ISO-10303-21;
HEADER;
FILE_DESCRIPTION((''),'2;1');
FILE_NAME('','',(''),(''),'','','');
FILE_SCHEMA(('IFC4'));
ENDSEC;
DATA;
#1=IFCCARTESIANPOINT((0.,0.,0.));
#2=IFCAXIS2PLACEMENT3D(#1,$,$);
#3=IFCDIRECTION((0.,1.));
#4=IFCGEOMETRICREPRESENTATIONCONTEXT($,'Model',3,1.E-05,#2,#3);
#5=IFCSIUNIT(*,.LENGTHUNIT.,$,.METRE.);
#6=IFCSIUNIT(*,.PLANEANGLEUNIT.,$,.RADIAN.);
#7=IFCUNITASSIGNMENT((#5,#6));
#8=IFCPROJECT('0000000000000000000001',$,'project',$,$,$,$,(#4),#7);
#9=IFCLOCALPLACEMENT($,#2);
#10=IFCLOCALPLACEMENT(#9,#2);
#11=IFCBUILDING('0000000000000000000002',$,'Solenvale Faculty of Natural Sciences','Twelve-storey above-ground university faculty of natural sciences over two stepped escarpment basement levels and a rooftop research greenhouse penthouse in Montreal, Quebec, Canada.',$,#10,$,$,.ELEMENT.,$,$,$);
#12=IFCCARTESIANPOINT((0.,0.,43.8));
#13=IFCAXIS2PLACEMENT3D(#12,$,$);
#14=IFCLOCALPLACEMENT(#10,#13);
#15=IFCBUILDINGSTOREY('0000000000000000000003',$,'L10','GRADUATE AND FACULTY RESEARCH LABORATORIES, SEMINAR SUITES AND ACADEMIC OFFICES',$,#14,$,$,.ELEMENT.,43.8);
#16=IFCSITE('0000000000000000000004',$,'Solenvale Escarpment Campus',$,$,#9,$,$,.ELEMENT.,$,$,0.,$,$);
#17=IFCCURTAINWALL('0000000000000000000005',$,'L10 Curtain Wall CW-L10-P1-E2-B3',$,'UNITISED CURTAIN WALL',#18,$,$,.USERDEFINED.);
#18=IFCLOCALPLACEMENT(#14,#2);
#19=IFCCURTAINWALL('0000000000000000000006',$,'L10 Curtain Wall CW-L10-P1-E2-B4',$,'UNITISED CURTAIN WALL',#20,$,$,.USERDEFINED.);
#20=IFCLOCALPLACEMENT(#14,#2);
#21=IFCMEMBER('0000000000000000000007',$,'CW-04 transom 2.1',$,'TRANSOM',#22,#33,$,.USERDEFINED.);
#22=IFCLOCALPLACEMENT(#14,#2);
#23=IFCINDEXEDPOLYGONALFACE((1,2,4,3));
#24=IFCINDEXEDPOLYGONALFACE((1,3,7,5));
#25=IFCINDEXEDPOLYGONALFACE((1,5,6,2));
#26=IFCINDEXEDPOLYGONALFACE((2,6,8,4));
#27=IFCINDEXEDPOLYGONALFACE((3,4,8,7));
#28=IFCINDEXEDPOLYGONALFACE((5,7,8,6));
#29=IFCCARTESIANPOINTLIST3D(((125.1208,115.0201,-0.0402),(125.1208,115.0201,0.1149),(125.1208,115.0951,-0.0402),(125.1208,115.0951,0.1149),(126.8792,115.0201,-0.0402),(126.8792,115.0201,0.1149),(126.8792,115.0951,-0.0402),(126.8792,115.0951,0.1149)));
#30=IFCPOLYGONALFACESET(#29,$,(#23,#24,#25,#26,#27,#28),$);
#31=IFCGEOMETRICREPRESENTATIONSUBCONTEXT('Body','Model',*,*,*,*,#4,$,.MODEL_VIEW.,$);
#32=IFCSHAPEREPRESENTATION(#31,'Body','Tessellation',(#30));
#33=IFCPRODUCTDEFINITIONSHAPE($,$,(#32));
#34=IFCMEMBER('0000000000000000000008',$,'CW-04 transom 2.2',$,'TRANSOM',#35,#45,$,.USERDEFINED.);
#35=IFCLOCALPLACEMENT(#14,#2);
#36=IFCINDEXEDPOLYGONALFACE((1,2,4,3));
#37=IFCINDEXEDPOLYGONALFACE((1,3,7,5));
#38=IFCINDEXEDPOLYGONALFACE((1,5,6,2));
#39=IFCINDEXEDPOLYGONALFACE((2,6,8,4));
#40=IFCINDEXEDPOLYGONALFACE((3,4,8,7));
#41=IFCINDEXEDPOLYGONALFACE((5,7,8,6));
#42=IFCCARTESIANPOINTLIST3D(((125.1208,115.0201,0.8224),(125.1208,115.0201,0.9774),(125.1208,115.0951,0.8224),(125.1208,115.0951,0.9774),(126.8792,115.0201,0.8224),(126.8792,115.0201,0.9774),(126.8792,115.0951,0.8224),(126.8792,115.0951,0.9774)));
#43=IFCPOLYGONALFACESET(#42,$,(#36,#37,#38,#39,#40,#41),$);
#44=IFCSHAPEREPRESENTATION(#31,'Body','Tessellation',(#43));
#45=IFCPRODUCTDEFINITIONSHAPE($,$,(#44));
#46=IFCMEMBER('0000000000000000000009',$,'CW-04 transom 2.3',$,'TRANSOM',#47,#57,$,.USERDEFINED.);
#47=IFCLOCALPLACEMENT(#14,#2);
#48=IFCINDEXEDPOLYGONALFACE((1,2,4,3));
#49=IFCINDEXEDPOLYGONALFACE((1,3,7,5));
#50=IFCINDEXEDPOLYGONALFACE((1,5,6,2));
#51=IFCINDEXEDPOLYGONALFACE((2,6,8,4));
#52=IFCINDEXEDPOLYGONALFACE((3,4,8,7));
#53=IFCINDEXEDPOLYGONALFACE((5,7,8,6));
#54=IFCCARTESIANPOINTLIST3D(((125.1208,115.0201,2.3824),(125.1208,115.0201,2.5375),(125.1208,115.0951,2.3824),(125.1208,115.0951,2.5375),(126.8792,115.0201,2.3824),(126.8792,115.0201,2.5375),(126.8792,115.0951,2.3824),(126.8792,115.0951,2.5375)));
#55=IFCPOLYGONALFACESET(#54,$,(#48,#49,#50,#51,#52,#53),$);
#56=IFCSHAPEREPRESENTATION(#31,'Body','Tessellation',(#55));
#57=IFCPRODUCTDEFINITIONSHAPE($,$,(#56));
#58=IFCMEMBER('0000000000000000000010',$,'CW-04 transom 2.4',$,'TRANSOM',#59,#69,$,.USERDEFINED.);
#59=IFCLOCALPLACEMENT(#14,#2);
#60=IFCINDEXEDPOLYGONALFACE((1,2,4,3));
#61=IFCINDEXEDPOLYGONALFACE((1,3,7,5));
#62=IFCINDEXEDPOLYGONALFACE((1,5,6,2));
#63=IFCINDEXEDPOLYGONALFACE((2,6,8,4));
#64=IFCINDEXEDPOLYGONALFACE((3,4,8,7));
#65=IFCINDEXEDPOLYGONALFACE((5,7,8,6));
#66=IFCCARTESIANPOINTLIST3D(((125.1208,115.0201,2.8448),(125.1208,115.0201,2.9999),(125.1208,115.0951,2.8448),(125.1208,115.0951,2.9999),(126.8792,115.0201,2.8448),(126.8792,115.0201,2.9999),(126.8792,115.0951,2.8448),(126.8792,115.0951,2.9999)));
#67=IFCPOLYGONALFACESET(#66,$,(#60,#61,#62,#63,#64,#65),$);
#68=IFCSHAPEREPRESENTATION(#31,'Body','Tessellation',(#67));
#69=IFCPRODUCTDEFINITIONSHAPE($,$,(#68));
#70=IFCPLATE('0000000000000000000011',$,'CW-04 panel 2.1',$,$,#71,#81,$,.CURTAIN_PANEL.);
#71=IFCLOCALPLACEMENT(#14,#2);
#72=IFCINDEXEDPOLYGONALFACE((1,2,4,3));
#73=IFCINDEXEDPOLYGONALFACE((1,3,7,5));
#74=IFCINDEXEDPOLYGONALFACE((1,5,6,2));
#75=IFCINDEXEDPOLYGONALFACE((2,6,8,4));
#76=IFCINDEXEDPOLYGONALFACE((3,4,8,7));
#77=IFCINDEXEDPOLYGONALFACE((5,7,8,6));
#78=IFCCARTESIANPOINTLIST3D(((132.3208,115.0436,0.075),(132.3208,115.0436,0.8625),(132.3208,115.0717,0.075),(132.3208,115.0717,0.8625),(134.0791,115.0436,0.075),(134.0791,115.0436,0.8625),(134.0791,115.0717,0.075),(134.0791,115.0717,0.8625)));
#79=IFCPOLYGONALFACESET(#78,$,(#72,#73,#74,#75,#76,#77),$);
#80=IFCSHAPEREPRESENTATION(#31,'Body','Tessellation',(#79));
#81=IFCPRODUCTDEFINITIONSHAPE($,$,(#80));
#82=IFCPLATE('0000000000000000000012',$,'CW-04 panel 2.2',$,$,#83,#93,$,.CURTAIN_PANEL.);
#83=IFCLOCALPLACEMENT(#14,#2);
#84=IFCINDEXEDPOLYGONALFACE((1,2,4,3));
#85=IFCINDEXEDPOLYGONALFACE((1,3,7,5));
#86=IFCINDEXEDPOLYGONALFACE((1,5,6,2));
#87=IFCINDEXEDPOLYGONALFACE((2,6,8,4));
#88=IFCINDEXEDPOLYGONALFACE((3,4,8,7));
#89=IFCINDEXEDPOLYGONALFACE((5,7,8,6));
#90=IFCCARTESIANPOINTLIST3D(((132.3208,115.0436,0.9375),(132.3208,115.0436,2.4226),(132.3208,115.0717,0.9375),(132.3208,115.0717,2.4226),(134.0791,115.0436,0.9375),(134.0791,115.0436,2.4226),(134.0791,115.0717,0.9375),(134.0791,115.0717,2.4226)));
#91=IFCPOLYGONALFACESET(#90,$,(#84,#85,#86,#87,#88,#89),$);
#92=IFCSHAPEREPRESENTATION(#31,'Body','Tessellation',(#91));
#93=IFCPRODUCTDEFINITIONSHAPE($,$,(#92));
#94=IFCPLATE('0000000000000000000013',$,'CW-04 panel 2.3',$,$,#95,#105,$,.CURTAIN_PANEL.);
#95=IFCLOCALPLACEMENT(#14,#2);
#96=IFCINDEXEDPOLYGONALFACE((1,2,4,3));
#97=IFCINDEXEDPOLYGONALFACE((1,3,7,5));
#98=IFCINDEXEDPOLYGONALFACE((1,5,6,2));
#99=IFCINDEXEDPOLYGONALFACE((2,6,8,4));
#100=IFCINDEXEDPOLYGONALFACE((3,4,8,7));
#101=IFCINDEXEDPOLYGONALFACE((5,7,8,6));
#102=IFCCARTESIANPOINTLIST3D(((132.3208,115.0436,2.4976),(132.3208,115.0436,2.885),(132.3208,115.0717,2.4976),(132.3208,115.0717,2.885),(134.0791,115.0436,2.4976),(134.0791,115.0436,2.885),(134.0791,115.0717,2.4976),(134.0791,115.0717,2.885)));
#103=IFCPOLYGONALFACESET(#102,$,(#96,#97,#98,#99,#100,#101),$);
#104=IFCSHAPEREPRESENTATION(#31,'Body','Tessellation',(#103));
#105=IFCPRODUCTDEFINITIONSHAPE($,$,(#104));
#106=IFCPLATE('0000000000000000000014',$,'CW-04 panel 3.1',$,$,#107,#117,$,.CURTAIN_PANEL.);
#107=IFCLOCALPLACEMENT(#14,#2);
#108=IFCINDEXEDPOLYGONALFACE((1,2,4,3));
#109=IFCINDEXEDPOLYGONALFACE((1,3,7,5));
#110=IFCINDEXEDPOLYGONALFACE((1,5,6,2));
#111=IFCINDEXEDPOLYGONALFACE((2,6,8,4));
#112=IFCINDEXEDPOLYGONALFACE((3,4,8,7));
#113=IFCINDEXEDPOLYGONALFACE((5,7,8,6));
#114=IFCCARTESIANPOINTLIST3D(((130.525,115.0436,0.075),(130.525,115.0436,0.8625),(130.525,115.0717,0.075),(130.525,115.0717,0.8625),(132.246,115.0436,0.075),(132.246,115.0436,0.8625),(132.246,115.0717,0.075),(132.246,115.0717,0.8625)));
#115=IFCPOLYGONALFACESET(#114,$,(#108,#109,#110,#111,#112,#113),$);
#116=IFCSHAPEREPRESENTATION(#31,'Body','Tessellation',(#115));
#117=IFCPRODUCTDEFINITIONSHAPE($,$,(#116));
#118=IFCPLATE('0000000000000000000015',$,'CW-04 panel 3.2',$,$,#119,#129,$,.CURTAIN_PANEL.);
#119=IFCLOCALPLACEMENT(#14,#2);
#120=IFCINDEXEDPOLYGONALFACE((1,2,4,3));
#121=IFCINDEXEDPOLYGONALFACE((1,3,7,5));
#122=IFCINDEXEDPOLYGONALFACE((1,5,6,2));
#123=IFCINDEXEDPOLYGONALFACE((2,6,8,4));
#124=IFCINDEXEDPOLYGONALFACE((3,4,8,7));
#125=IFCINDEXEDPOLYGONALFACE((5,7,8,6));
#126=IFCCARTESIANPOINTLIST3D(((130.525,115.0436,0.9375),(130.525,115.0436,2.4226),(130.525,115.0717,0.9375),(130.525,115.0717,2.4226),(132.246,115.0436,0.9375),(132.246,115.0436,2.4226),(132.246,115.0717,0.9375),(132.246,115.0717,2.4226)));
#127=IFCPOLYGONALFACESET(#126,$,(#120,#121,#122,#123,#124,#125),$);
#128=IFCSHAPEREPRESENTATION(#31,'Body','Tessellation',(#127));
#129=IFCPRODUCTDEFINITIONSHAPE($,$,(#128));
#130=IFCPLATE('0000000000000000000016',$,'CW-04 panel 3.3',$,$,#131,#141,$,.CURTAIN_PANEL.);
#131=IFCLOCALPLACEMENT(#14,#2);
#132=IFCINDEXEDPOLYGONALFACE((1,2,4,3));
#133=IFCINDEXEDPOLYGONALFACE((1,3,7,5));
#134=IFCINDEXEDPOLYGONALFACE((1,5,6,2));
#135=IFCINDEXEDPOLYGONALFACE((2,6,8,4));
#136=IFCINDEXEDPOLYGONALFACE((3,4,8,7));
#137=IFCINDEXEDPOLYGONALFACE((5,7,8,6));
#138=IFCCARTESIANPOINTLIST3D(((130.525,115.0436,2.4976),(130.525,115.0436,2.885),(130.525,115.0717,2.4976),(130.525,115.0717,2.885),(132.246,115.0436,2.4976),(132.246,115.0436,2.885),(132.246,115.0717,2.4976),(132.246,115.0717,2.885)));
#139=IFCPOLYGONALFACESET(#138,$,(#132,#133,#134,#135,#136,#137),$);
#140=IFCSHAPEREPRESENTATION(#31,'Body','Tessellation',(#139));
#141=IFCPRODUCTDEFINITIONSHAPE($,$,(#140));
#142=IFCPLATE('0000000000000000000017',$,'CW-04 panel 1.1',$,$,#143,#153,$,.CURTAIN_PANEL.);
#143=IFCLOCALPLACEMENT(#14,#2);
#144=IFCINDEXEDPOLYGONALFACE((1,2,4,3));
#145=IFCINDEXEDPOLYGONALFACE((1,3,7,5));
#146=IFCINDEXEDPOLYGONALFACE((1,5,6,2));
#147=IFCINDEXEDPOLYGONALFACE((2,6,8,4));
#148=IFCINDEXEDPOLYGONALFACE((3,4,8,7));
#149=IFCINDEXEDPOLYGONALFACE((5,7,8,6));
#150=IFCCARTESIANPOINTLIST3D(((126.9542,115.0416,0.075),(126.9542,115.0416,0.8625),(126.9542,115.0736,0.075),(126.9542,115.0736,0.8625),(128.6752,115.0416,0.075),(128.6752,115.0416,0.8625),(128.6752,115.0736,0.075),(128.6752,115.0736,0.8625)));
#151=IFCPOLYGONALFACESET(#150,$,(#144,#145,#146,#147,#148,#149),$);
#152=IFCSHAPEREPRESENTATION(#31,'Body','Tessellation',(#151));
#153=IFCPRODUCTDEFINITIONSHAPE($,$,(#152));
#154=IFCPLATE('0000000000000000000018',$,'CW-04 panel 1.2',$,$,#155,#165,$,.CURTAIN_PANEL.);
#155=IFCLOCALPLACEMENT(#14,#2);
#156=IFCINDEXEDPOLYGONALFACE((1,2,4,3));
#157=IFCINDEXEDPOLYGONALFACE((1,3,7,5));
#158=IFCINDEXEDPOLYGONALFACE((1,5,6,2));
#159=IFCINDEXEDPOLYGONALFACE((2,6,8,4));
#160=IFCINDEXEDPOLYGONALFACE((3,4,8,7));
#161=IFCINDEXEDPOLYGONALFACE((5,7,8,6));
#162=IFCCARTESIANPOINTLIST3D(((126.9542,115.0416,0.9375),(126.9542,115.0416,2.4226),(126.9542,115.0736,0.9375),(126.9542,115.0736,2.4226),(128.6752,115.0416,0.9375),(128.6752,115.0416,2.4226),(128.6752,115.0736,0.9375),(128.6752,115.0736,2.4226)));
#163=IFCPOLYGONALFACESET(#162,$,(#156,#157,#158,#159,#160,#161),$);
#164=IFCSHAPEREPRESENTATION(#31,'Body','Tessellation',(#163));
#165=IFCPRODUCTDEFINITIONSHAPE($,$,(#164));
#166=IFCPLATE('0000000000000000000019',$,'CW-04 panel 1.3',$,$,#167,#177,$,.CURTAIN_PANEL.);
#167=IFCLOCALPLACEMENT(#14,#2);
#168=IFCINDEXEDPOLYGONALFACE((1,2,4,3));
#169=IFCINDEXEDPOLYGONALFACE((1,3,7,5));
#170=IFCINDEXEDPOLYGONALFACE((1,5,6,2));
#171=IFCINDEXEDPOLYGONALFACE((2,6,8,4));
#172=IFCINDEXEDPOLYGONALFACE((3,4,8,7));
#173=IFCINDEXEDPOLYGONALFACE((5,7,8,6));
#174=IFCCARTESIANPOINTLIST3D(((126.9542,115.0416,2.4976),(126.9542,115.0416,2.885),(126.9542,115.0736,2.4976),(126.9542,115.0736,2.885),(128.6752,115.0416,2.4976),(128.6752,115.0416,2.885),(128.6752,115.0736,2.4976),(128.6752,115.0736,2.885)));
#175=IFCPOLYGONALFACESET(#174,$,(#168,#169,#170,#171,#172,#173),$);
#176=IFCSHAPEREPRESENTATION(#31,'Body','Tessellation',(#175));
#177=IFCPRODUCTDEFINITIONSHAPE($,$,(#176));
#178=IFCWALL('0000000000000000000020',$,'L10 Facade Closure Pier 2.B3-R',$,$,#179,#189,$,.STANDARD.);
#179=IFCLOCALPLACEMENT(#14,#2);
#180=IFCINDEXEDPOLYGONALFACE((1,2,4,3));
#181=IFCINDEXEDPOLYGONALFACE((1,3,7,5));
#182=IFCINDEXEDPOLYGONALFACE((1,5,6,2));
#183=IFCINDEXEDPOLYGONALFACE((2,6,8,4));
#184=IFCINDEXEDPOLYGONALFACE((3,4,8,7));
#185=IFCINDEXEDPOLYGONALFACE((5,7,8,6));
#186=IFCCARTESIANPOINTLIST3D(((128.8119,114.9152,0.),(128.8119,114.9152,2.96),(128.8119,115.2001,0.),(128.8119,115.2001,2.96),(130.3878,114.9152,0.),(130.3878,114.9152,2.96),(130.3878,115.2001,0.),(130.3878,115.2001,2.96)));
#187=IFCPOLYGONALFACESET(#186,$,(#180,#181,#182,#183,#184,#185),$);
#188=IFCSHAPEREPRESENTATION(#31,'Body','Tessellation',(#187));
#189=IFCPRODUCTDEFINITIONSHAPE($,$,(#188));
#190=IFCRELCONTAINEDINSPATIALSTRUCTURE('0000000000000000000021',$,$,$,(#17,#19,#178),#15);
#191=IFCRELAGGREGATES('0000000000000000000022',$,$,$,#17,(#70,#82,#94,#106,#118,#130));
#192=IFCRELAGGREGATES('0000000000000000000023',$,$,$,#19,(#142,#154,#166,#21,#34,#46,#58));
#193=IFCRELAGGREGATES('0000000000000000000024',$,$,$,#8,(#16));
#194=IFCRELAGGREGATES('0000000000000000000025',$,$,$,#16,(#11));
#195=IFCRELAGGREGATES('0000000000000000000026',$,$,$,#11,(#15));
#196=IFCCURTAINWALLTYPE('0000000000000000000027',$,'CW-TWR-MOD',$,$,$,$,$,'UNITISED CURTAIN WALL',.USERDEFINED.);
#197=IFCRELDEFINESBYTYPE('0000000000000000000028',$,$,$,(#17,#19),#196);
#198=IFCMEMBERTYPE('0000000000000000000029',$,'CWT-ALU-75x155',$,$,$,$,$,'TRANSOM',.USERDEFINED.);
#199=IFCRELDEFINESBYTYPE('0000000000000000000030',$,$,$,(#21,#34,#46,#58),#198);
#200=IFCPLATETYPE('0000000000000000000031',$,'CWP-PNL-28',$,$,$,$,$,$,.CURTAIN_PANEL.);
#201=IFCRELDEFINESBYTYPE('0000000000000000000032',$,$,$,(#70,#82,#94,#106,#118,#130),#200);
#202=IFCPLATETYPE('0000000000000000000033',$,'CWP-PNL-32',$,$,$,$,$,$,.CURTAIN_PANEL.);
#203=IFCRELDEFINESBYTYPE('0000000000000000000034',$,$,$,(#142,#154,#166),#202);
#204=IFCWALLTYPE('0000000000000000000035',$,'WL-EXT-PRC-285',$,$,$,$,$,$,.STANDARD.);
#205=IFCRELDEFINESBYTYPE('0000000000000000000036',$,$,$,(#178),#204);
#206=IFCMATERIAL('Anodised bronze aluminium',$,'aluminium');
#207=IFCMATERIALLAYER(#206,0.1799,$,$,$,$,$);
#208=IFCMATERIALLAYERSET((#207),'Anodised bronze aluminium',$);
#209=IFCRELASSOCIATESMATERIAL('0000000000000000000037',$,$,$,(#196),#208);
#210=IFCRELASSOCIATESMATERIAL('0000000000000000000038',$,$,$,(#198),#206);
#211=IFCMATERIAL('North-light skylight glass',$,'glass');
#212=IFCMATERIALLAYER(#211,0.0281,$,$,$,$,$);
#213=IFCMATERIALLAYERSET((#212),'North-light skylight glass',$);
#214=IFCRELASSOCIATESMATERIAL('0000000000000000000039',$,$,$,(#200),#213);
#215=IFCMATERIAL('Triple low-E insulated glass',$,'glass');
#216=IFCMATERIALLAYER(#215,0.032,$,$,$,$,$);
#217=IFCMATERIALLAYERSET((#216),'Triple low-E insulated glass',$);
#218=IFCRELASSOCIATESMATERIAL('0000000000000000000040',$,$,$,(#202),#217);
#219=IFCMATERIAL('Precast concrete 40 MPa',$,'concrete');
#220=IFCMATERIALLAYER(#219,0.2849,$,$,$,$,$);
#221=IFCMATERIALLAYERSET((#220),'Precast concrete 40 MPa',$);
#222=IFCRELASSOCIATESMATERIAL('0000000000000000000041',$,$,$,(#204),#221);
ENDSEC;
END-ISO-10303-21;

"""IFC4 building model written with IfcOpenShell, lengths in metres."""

from ifc_helpers import new_model, si_unit, direction, frame, frame_2d, origin, origin_2d, place, context, subcontext, project, spatial, rectangle, extrude, material, layer, layer_set, material_profile, profile_set, type_object, element, aggregate, save


model = new_model("IFC4")

# Units and contexts
model_context = context("Model", 3, precision=1e-05, world=origin(), true_north=direction((0.0, 1.0)))
body_context = subcontext(model_context, "Body", "Model", "MODEL_VIEW")
ifc_project = project(units=[si_unit("LENGTHUNIT", "METRE"), si_unit("PLANEANGLEUNIT", "RADIAN")], contexts=[model_context])

# Site, building, storey
site_placement = place(None, origin())
site = spatial("IfcSite", under=ifc_project, at=site_placement, Name="Solenvale Escarpment Campus", CompositionType="ELEMENT", RefElevation=0.0)
building_placement = place(site_placement, origin())
building = spatial("IfcBuilding", under=site, at=building_placement, Name="Solenvale Faculty of Natural Sciences", Description="Twelve-storey above-ground university faculty of natural sciences over two stepped escarpment basement levels and a rooftop research greenhouse penthouse in Montreal, Quebec, Canada.", CompositionType="ELEMENT")
storey_placement = place(building_placement, frame((0.0, 0.0, 43.8)))
storey = spatial("IfcBuildingStorey", under=building, at=storey_placement, Name="L10", Description="GRADUATE AND FACULTY RESEARCH LABORATORIES, SEMINAR SUITES AND ACADEMIC OFFICES", CompositionType="ELEMENT", Elevation=43.8)

# Shared definitions
ifc_material_1 = material(Name="Precast concrete 40 MPa", Category="concrete")

# Curtain walls
ifc_material_2 = material(Name="Anodised bronze aluminium", Category="aluminium")
ifc_layer_1 = layer(ifc_material_2, 0.1799)
ifc_layer_set_1 = layer_set([ifc_layer_1], Name="Anodised bronze aluminium")
curtain_wall_type = type_object("IfcCurtainWallType", Name="CW-TWR-MOD", ElementType="UNITISED CURTAIN WALL", PredefinedType="USERDEFINED", material=ifc_layer_set_1)
curtain_wall_1_placement = place(storey_placement, origin())
curtain_wall_1 = element("IfcCurtainWall", 1, at=curtain_wall_1_placement, inside=storey, type_object=curtain_wall_type, Name="L10 Curtain Wall CW-L10-P1-E2-B3", ObjectType="UNITISED CURTAIN WALL", PredefinedType="USERDEFINED")
curtain_wall_2_placement = place(storey_placement, origin())
curtain_wall_2 = element("IfcCurtainWall", 2, at=curtain_wall_2_placement, inside=storey, type_object=curtain_wall_type, Name="L10 Curtain Wall CW-L10-P1-E2-B4", ObjectType="UNITISED CURTAIN WALL", PredefinedType="USERDEFINED")

# Members
ifc_material_profile_1 = material_profile(ifc_material_2, rectangle(XDim=0.075, YDim=0.155, at=origin_2d()), Name="ALU-TRN-75x155")
ifc_profile_set_1 = profile_set([ifc_material_profile_1], Name="Anodised bronze aluminium")
member_type_1 = type_object("IfcMemberType", Name="CWT-ALU-75x155", ElementType="TRANSOM", PredefinedType="USERDEFINED", material=ifc_profile_set_1)
member_1_placement = place(storey_placement, frame((126.8792, 115.0576, 0.0374), z_axis=(-1.0, 0.0, 0.0), x_axis=(0.0, -1.0, 0.0)))
member_1 = element("IfcMember", 3, at=member_1_placement, type_object=member_type_1, Name="CW-04 transom 2.1", ObjectType="TRANSOM", PredefinedType="USERDEFINED", context=body_context, shape_type="SweptSolid", body=[
    extrude(rectangle(XDim=0.075, YDim=0.155, at=origin_2d()), origin(), (0.0, 0.0, 1.0), 1.7583),
])
member_2_placement = place(storey_placement, frame((126.8792, 115.0576, 0.8999), z_axis=(-1.0, 0.0, 0.0), x_axis=(0.0, -1.0, 0.0)))
member_2 = element("IfcMember", 4, at=member_2_placement, type_object=member_type_1, Name="CW-04 transom 2.2", ObjectType="TRANSOM", PredefinedType="USERDEFINED", context=body_context, shape_type="SweptSolid", body=[
    extrude(rectangle(XDim=0.075, YDim=0.155, at=origin_2d()), origin(), (0.0, 0.0, 1.0), 1.7583),
])
member_3_placement = place(storey_placement, frame((126.8792, 115.0576, 2.46), z_axis=(-1.0, 0.0, 0.0), x_axis=(0.0, -1.0, 0.0)))
member_3 = element("IfcMember", 5, at=member_3_placement, type_object=member_type_1, Name="CW-04 transom 2.3", ObjectType="TRANSOM", PredefinedType="USERDEFINED", context=body_context, shape_type="SweptSolid", body=[
    extrude(rectangle(XDim=0.075, YDim=0.155, at=origin_2d()), origin(), (0.0, 0.0, 1.0), 1.7583),
])
member_4_placement = place(storey_placement, frame((126.8792, 115.0576, 2.9224), z_axis=(-1.0, 0.0, 0.0), x_axis=(0.0, -1.0, 0.0)))
member_4 = element("IfcMember", 6, at=member_4_placement, type_object=member_type_1, Name="CW-04 transom 2.4", ObjectType="TRANSOM", PredefinedType="USERDEFINED", context=body_context, shape_type="SweptSolid", body=[
    extrude(rectangle(XDim=0.075, YDim=0.155, at=origin_2d()), origin(), (0.0, 0.0, 1.0), 1.7583),
])

# Plates
ifc_material_3 = material(Name="North-light skylight glass", Category="glass")
ifc_layer_2 = layer(ifc_material_3, 0.0281)
ifc_layer_set_2 = layer_set([ifc_layer_2], Name="North-light skylight glass")
plate_type_1 = type_object("IfcPlateType", Name="CWP-PNL-28", PredefinedType="CURTAIN_PANEL", material=ifc_layer_set_2)
plate_1_placement = place(storey_placement, frame((133.2, 115.0576, 0.075), z_axis=(0.0, 0.0, 1.0), x_axis=(-1.0, 0.0, 0.0)))
plate_1 = element("IfcPlate", 7, at=plate_1_placement, type_object=plate_type_1, Name="CW-04 panel 2.1", PredefinedType="CURTAIN_PANEL", context=body_context, shape_type="SweptSolid", body=[
    extrude(rectangle(XDim=1.7583, YDim=0.0281, at=origin_2d()), origin(), (0.0, 0.0, 1.0), 0.7876),
])
plate_2_placement = place(storey_placement, frame((133.2, 115.0576, 0.9375), z_axis=(0.0, 0.0, 1.0), x_axis=(-1.0, 0.0, 0.0)))
plate_2 = element("IfcPlate", 8, at=plate_2_placement, type_object=plate_type_1, Name="CW-04 panel 2.2", PredefinedType="CURTAIN_PANEL", context=body_context, shape_type="SweptSolid", body=[
    extrude(rectangle(XDim=1.7583, YDim=0.0281, at=origin_2d()), origin(), (0.0, 0.0, 1.0), 1.4851),
])
plate_3_placement = place(storey_placement, frame((133.2, 115.0576, 2.4976), z_axis=(0.0, 0.0, 1.0), x_axis=(-1.0, 0.0, 0.0)))
plate_3 = element("IfcPlate", 9, at=plate_3_placement, type_object=plate_type_1, Name="CW-04 panel 2.3", PredefinedType="CURTAIN_PANEL", context=body_context, shape_type="SweptSolid", body=[
    extrude(rectangle(XDim=1.7583, YDim=0.0281, at=origin_2d()), origin(), (0.0, 0.0, 1.0), 0.3875),
])
plate_4_placement = place(storey_placement, frame((131.3855, 115.0576, 0.075), z_axis=(0.0, 0.0, 1.0), x_axis=(-1.0, 0.0, 0.0)))
plate_4 = element("IfcPlate", 10, at=plate_4_placement, type_object=plate_type_1, Name="CW-04 panel 3.1", PredefinedType="CURTAIN_PANEL", context=body_context, shape_type="SweptSolid", body=[
    extrude(rectangle(XDim=1.7209, YDim=0.0281, at=origin_2d()), origin(), (0.0, 0.0, 1.0), 0.7876),
])
plate_5_placement = place(storey_placement, frame((131.3855, 115.0576, 0.9375), z_axis=(0.0, 0.0, 1.0), x_axis=(-1.0, 0.0, 0.0)))
plate_5 = element("IfcPlate", 11, at=plate_5_placement, type_object=plate_type_1, Name="CW-04 panel 3.2", PredefinedType="CURTAIN_PANEL", context=body_context, shape_type="SweptSolid", body=[
    extrude(rectangle(XDim=1.7209, YDim=0.0281, at=origin_2d()), origin(), (0.0, 0.0, 1.0), 1.4851),
])
plate_6_placement = place(storey_placement, frame((131.3855, 115.0576, 2.4976), z_axis=(0.0, 0.0, 1.0), x_axis=(-1.0, 0.0, 0.0)))
plate_6 = element("IfcPlate", 12, at=plate_6_placement, type_object=plate_type_1, Name="CW-04 panel 3.3", PredefinedType="CURTAIN_PANEL", context=body_context, shape_type="SweptSolid", body=[
    extrude(rectangle(XDim=1.7209, YDim=0.0281, at=origin_2d()), origin(), (0.0, 0.0, 1.0), 0.3875),
])
aggregate(curtain_wall_1, [plate_1, plate_2, plate_3, plate_4, plate_5, plate_6])
ifc_material_4 = material(Name="Triple low-E insulated glass", Category="glass")
ifc_layer_3 = layer(ifc_material_4, 0.032)
ifc_layer_set_3 = layer_set([ifc_layer_3], Name="Triple low-E insulated glass")
plate_type_2 = type_object("IfcPlateType", Name="CWP-PNL-32", PredefinedType="CURTAIN_PANEL", material=ifc_layer_set_3)
plate_7_placement = place(storey_placement, frame((127.8147, 115.0576, 0.075), z_axis=(0.0, 0.0, 1.0), x_axis=(-1.0, 0.0, 0.0)))
plate_7 = element("IfcPlate", 13, at=plate_7_placement, type_object=plate_type_2, Name="CW-04 panel 1.1", PredefinedType="CURTAIN_PANEL", context=body_context, shape_type="SweptSolid", body=[
    extrude(rectangle(XDim=1.7209, YDim=0.032, at=origin_2d()), origin(), (0.0, 0.0, 1.0), 0.7876),
])
plate_8_placement = place(storey_placement, frame((127.8147, 115.0576, 0.9375), z_axis=(0.0, 0.0, 1.0), x_axis=(-1.0, 0.0, 0.0)))
plate_8 = element("IfcPlate", 14, at=plate_8_placement, type_object=plate_type_2, Name="CW-04 panel 1.2", PredefinedType="CURTAIN_PANEL", context=body_context, shape_type="SweptSolid", body=[
    extrude(rectangle(XDim=1.7209, YDim=0.032, at=origin_2d()), origin(), (0.0, 0.0, 1.0), 1.4851),
])
plate_9_placement = place(storey_placement, frame((127.8147, 115.0576, 2.4976), z_axis=(0.0, 0.0, 1.0), x_axis=(-1.0, 0.0, 0.0)))
plate_9 = element("IfcPlate", 15, at=plate_9_placement, type_object=plate_type_2, Name="CW-04 panel 1.3", PredefinedType="CURTAIN_PANEL", context=body_context, shape_type="SweptSolid", body=[
    extrude(rectangle(XDim=1.7209, YDim=0.032, at=origin_2d()), origin(), (0.0, 0.0, 1.0), 0.3875),
])
aggregate(curtain_wall_2, [plate_7, plate_8, plate_9, member_1, member_2, member_3, member_4])

# Wall
ifc_layer_4 = layer(ifc_material_1, 0.2849)
ifc_layer_set_4 = layer_set([ifc_layer_4], Name="Precast concrete 40 MPa")
wall_type = type_object("IfcWallType", Name="WL-EXT-PRC-285", PredefinedType="STANDARD", material=ifc_layer_set_4)
wall_placement = place(storey_placement, frame((130.3879, 115.0576, 0.0), z_axis=(0.0, 0.0, 1.0), x_axis=(-1.0, 0.0, 0.0)))
element("IfcWall", 16, at=wall_placement, inside=storey, type_object=wall_type, Name="L10 Facade Closure Pier 2.B3-R", PredefinedType="STANDARD", context=body_context, shape_type="SweptSolid", body=[
    extrude(rectangle(XDim=1.5759, YDim=0.2849, at=frame_2d((0.7881, 0.0))), origin(), (0.0, 0.0, 1.0), 2.96),
])

save(model, "model.ifc")
